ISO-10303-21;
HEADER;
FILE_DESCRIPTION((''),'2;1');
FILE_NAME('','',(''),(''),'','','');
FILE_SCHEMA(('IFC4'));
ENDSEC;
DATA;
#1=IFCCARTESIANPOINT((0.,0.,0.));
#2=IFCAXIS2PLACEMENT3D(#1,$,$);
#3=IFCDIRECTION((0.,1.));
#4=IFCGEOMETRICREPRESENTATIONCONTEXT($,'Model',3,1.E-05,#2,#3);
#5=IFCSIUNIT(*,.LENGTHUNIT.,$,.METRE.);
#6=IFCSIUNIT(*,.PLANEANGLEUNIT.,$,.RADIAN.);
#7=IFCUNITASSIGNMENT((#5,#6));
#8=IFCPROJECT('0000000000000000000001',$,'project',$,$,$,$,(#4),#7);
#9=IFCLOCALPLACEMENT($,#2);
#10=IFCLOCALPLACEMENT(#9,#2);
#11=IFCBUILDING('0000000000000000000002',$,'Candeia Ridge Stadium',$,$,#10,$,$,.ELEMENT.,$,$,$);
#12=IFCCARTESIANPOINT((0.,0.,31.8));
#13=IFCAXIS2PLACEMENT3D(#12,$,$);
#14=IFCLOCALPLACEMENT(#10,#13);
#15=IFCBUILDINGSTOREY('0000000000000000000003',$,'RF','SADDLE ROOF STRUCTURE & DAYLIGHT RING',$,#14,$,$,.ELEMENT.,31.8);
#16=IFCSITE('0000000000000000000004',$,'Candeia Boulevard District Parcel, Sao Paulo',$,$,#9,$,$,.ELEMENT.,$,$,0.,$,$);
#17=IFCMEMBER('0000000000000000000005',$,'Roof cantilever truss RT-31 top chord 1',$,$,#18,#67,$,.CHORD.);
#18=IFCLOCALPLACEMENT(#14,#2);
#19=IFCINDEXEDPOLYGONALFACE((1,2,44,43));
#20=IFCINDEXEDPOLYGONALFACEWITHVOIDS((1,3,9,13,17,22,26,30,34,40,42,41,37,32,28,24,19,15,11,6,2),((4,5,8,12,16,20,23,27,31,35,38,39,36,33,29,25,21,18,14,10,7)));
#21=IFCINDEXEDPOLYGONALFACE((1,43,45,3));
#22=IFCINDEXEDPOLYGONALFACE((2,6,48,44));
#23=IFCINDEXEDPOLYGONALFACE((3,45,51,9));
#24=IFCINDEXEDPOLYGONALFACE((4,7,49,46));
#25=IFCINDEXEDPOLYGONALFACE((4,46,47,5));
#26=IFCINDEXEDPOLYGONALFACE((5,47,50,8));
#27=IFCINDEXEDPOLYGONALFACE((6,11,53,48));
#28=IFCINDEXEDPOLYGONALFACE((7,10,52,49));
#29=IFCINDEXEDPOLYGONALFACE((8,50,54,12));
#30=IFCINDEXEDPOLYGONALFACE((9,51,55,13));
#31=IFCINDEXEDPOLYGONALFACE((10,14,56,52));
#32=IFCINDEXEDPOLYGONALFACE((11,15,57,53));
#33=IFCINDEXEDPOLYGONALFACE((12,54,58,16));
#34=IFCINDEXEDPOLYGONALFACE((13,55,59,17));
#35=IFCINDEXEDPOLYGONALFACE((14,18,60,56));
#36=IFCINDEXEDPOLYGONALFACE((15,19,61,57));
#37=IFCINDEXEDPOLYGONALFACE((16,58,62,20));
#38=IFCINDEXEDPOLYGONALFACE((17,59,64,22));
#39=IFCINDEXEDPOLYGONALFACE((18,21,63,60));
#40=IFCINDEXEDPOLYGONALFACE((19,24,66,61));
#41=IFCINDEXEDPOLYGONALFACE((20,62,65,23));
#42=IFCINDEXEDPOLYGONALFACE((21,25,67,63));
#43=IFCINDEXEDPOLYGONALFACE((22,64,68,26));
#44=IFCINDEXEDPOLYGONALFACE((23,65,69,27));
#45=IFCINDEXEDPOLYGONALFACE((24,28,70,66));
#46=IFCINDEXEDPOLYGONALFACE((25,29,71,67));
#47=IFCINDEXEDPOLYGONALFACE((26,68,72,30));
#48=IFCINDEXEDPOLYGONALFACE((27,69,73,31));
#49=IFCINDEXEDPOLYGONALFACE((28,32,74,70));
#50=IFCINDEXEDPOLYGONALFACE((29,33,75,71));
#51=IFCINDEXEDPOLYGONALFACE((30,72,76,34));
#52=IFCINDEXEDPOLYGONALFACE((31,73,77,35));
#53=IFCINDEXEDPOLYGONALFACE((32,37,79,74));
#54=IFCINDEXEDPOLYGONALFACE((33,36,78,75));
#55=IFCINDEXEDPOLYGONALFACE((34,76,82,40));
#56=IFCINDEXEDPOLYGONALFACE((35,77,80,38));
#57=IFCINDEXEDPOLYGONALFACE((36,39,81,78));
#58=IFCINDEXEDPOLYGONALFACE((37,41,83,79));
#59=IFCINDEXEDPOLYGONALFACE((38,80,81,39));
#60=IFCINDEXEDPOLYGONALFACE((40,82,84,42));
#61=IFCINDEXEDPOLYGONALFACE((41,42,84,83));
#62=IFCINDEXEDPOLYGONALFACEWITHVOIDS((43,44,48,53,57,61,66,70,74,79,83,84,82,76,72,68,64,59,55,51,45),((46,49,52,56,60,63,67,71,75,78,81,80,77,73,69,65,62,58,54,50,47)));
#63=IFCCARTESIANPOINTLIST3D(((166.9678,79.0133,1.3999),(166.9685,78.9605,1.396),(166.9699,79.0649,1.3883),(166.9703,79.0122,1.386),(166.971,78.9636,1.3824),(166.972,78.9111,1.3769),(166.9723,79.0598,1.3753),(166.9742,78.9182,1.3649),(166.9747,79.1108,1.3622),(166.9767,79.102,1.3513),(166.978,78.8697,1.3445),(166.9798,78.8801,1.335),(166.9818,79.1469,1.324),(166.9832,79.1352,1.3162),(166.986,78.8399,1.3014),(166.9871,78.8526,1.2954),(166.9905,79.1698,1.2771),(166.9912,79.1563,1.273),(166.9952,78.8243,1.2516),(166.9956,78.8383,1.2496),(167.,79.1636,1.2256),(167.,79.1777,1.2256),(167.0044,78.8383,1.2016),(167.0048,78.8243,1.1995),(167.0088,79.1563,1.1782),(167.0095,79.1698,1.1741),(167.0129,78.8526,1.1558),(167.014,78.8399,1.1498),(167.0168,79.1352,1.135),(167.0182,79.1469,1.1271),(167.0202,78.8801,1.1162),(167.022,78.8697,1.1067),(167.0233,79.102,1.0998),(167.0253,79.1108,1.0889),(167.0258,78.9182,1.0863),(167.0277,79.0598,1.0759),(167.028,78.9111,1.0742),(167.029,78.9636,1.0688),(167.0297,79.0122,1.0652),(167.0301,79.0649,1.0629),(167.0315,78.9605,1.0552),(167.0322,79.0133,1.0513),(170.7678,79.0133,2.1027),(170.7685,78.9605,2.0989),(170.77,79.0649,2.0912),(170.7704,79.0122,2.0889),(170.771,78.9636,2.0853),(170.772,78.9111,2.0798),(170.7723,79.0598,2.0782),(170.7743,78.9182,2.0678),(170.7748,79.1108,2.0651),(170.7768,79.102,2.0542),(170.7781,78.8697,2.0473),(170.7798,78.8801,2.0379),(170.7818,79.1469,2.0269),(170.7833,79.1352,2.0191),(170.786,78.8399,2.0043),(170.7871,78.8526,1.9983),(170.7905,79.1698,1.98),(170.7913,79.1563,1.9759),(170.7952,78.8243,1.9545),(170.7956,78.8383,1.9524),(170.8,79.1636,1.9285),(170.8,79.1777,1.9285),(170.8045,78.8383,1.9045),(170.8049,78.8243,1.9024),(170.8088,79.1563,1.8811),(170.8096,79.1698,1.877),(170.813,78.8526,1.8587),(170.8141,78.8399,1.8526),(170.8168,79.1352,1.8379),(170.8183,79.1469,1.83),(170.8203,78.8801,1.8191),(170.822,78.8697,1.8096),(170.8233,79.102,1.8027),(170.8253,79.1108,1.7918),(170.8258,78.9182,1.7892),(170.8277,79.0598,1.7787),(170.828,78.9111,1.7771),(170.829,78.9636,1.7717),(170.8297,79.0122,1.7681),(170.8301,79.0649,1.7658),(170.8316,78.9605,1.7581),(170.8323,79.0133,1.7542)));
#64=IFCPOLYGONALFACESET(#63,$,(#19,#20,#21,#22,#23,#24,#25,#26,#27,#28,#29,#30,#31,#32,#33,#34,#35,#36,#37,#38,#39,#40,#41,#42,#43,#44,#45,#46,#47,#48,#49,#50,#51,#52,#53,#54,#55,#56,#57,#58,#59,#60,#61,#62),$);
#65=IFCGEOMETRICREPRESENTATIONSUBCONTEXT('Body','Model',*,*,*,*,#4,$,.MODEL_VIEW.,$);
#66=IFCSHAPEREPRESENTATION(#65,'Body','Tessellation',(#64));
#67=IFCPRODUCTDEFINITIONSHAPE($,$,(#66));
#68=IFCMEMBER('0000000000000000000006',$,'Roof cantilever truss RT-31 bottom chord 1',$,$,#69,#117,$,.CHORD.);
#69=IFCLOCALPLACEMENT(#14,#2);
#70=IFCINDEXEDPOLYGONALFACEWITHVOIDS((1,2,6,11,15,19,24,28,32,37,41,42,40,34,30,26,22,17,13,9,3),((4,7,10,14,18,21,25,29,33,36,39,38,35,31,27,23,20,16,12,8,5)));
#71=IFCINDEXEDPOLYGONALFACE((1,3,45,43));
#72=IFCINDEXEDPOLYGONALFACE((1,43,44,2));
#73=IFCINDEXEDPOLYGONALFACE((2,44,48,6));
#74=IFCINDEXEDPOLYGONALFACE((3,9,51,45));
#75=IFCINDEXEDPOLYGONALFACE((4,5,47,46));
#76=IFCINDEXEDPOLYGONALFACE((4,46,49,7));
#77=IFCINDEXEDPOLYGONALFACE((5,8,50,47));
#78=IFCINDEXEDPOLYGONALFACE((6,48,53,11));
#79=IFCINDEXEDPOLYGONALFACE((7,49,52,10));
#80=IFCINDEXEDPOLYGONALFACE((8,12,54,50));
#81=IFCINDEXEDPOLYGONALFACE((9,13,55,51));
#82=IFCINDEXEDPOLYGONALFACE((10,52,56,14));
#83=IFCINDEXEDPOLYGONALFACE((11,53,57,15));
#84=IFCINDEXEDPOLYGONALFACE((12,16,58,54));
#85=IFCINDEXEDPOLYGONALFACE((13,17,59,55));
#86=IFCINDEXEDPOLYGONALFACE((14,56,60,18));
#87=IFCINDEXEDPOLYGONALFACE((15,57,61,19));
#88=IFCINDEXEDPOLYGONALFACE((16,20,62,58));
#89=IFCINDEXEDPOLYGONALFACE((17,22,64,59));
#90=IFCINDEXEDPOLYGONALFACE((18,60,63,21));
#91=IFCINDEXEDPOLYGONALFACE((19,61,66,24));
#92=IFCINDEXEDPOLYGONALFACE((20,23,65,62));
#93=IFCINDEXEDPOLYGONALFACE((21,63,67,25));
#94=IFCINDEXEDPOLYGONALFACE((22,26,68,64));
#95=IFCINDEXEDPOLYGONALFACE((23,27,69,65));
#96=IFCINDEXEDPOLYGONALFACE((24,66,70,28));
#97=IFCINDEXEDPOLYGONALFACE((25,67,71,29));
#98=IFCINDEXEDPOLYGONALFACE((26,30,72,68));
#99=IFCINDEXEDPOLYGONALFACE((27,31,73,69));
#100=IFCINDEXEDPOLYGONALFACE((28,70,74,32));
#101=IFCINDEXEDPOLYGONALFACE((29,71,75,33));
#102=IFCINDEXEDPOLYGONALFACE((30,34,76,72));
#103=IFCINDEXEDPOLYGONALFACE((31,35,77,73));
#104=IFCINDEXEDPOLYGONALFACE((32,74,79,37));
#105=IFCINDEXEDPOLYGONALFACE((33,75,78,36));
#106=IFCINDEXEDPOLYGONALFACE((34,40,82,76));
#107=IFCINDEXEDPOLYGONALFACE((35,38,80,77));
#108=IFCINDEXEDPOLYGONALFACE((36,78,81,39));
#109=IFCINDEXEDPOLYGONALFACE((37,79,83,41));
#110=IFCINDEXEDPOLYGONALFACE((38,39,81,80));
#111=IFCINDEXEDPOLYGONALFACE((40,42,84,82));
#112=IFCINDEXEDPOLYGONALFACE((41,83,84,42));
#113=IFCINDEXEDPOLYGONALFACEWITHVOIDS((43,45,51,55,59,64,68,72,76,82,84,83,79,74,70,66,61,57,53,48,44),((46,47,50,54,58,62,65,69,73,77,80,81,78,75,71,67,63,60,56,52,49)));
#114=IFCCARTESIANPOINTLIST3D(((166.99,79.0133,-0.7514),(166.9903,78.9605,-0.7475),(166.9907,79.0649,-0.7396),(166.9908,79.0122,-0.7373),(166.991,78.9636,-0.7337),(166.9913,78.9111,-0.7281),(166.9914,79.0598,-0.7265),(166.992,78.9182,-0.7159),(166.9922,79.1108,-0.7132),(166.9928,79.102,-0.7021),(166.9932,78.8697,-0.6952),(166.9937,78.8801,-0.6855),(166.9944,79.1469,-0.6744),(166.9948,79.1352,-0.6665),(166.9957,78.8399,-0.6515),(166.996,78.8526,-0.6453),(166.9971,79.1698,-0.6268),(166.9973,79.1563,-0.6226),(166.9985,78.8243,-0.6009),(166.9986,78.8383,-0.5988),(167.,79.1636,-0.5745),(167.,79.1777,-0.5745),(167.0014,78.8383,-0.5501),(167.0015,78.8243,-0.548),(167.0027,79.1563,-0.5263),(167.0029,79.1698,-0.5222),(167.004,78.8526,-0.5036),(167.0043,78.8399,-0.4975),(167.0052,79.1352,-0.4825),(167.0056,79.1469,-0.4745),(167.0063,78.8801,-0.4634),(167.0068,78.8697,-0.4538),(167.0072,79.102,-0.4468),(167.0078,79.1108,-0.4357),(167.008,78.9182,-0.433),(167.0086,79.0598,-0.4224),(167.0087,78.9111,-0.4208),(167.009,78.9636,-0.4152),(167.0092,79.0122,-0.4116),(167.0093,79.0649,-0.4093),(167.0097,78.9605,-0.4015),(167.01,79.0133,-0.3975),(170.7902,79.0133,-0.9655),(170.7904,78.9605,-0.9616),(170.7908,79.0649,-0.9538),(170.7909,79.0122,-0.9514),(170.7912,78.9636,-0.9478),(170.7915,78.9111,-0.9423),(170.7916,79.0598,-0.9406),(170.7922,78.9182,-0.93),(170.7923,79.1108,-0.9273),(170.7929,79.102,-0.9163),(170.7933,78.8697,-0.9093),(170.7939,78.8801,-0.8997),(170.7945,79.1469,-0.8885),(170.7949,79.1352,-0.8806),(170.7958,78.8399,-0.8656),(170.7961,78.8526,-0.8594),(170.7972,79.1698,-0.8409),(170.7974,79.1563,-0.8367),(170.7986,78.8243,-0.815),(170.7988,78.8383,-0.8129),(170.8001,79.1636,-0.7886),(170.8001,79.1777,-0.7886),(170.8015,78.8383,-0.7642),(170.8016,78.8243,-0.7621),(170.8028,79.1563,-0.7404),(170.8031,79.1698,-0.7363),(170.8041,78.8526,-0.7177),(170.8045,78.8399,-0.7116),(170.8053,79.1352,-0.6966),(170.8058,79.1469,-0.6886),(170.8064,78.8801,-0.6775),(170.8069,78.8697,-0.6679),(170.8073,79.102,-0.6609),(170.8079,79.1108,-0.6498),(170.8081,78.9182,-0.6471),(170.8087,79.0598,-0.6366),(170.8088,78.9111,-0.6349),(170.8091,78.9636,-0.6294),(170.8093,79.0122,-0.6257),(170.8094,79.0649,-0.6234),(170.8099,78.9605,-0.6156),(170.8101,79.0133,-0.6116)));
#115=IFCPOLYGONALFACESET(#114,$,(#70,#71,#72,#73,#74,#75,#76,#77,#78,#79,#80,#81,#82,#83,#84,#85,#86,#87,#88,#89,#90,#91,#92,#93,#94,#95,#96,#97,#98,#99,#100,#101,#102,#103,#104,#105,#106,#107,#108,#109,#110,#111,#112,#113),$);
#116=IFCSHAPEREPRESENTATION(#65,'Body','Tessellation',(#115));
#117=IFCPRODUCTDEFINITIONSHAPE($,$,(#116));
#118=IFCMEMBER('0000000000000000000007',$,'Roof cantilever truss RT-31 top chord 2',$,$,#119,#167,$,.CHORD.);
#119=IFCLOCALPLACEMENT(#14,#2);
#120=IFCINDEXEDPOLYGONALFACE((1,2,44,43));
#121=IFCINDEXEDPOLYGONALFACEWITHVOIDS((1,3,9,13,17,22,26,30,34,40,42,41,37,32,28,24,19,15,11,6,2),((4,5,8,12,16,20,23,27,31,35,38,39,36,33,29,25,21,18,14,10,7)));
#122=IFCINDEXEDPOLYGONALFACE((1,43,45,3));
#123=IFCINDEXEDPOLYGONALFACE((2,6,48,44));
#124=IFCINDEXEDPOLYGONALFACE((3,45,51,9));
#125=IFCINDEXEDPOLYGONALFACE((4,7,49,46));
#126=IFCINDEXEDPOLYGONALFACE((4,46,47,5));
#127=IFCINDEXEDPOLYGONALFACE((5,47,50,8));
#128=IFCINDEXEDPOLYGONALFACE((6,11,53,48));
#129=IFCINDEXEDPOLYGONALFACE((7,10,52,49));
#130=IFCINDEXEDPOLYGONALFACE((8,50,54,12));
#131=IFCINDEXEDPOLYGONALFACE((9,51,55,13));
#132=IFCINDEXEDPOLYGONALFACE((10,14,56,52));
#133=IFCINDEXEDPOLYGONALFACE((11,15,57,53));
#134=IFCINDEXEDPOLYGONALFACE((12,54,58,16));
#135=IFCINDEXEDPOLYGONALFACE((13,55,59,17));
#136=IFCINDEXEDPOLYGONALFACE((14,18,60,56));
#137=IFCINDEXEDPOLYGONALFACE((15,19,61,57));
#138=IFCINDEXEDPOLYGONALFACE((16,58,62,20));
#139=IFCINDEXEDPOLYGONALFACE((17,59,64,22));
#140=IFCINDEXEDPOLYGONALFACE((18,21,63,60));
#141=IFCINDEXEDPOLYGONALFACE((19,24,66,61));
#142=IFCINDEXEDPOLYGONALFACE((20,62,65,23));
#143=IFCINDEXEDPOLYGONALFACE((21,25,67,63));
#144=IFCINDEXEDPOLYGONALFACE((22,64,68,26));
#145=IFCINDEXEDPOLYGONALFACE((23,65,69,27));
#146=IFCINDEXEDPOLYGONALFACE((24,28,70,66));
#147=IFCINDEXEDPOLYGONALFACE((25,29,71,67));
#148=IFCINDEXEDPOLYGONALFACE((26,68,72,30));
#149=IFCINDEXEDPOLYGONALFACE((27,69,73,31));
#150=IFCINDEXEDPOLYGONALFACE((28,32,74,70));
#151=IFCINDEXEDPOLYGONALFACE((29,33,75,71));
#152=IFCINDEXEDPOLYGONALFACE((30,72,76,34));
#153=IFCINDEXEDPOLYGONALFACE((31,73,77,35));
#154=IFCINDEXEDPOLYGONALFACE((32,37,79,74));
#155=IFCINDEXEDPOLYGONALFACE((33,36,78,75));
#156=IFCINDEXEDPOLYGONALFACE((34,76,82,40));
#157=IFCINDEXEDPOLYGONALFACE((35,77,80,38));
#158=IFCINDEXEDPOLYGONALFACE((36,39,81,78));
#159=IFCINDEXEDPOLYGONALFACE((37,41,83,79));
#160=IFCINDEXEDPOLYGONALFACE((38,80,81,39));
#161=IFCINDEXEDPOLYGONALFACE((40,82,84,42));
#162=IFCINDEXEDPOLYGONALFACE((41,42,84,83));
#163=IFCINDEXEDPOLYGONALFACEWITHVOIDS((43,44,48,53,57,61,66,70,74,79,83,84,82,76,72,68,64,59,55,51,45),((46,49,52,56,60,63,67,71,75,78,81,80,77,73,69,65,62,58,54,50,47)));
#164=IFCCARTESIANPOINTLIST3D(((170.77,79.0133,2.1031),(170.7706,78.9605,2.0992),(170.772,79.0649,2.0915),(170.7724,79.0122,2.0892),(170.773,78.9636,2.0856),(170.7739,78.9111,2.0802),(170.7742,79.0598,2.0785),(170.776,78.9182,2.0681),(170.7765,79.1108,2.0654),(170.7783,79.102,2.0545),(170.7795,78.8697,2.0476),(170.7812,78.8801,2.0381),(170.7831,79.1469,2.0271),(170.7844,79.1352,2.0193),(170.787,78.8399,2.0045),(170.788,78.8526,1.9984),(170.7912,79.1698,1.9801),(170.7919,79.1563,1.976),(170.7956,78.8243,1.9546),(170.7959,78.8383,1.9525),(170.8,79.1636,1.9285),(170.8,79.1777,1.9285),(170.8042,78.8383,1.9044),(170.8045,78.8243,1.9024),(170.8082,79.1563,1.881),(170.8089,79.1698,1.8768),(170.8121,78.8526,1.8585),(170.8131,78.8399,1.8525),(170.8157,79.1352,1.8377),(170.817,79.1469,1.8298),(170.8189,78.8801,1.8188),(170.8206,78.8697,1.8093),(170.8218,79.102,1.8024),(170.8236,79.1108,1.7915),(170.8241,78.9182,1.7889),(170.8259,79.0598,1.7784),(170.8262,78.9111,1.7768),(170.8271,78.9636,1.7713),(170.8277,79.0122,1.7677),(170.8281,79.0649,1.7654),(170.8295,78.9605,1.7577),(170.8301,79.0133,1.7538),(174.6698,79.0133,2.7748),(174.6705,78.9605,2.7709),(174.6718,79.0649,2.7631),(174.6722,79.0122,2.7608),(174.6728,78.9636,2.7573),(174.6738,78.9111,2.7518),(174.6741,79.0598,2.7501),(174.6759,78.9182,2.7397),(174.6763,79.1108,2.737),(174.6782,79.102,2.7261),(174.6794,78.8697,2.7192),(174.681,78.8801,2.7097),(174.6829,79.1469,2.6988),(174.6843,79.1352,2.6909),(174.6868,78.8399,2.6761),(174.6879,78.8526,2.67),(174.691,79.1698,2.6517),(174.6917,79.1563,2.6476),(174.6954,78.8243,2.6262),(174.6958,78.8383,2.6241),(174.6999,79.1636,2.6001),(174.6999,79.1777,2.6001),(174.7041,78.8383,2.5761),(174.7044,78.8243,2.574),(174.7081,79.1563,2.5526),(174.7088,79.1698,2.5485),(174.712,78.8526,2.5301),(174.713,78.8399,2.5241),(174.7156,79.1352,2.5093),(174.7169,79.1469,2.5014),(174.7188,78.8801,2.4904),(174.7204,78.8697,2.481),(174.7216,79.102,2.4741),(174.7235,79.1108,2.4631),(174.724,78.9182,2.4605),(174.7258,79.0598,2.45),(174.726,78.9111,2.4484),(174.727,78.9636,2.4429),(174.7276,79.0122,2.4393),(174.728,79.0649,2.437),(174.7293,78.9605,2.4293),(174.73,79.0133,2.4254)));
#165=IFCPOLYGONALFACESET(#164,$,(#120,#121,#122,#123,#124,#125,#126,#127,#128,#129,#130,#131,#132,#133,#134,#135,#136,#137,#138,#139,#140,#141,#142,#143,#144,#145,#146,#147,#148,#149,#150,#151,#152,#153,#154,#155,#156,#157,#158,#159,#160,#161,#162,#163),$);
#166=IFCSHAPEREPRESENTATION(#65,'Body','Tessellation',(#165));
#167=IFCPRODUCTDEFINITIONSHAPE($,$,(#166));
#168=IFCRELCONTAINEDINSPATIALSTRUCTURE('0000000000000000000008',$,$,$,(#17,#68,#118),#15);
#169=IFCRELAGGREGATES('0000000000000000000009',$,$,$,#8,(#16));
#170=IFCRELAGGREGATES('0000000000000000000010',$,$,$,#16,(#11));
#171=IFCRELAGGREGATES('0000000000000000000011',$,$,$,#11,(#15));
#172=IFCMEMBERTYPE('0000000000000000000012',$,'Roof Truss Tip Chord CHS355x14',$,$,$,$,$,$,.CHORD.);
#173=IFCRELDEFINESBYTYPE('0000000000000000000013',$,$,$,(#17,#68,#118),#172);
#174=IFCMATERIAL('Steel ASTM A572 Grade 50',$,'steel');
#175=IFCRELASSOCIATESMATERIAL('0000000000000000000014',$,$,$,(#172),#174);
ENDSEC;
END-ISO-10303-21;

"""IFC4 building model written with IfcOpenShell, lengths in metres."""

from ifc_helpers import new_model, si_unit, direction, frame, origin, origin_2d, place, context, subcontext, project, spatial, hollow_circle, extrude, material, material_profile, profile_set, type_object, element, save


model = new_model("IFC4")

# Units and contexts
model_context = context("Model", 3, precision=1e-05, world=origin(), true_north=direction((0.0, 1.0)))
body_context = subcontext(model_context, "Body", "Model", "MODEL_VIEW")
ifc_project = project(units=[si_unit("LENGTHUNIT", "METRE"), si_unit("PLANEANGLEUNIT", "RADIAN")], contexts=[model_context])

# Site, building, storey
site_placement = place(None, origin())
site = spatial("IfcSite", under=ifc_project, at=site_placement, Name="Candeia Boulevard District Parcel, Sao Paulo", CompositionType="ELEMENT", RefElevation=0.0)
building_placement = place(site_placement, origin())
building = spatial("IfcBuilding", under=site, at=building_placement, Name="Candeia Ridge Stadium", CompositionType="ELEMENT")
storey_placement = place(building_placement, frame((0.0, 0.0, 31.8)))
storey = spatial("IfcBuildingStorey", under=building, at=storey_placement, Name="RF", Description="SADDLE ROOF STRUCTURE & DAYLIGHT RING", CompositionType="ELEMENT", Elevation=31.8)

# Shared definitions
ifc_material_1 = material(Name="Steel ASTM A572 Grade 50", Category="steel")

# Members
ifc_material_profile_1 = material_profile(ifc_material_1, hollow_circle(Radius=0.1777, WallThickness=0.0142, at=origin_2d()), Name="CHS355x14", Category="steel")
ifc_profile_set_1 = profile_set([ifc_material_profile_1], Name="Steel ASTM A572 Grade 50")
member_type_1 = type_object("IfcMemberType", Name="Roof Truss Tip Chord CHS355x14", PredefinedType="CHORD", material=ifc_profile_set_1)
member_1_placement = place(storey_placement, frame((167.0, 79.0, 1.2256), z_axis=(0.983321, 0.0, 0.181881), x_axis=(0.0, 1.0, 0.0)))
element("IfcMember", 1, at=member_1_placement, inside=storey, type_object=member_type_1, Name="Roof cantilever truss RT-31 top chord 1", PredefinedType="CHORD", context=body_context, shape_type="SweptSolid", body=[
    extrude(hollow_circle(Radius=0.1777, WallThickness=0.0142, at=origin_2d()), origin(), (0.0, 0.0, 1.0), 3.8645),
])
member_2_placement = place(storey_placement, frame((167.0, 79.0, -0.5745), z_axis=(0.998416, 0.0, -0.056255), x_axis=(0.0, 1.0, 0.0)))
element("IfcMember", 2, at=member_2_placement, inside=storey, type_object=member_type_1, Name="Roof cantilever truss RT-31 bottom chord 1", PredefinedType="CHORD", context=body_context, shape_type="SweptSolid", body=[
    extrude(hollow_circle(Radius=0.1777, WallThickness=0.0142, at=origin_2d()), origin(), (0.0, 0.0, 1.0), 3.8062),
])
member_3_placement = place(storey_placement, frame((170.8, 79.0, 1.9285), z_axis=(0.985493, 0.0, 0.169719), x_axis=(0.0, 1.0, 0.0)))
element("IfcMember", 3, at=member_3_placement, inside=storey, type_object=member_type_1, Name="Roof cantilever truss RT-31 top chord 2", PredefinedType="CHORD", context=body_context, shape_type="SweptSolid", body=[
    extrude(hollow_circle(Radius=0.1777, WallThickness=0.0142, at=origin_2d()), origin(), (0.0, 0.0, 1.0), 3.9573),
])

save(model, "model.ifc")
